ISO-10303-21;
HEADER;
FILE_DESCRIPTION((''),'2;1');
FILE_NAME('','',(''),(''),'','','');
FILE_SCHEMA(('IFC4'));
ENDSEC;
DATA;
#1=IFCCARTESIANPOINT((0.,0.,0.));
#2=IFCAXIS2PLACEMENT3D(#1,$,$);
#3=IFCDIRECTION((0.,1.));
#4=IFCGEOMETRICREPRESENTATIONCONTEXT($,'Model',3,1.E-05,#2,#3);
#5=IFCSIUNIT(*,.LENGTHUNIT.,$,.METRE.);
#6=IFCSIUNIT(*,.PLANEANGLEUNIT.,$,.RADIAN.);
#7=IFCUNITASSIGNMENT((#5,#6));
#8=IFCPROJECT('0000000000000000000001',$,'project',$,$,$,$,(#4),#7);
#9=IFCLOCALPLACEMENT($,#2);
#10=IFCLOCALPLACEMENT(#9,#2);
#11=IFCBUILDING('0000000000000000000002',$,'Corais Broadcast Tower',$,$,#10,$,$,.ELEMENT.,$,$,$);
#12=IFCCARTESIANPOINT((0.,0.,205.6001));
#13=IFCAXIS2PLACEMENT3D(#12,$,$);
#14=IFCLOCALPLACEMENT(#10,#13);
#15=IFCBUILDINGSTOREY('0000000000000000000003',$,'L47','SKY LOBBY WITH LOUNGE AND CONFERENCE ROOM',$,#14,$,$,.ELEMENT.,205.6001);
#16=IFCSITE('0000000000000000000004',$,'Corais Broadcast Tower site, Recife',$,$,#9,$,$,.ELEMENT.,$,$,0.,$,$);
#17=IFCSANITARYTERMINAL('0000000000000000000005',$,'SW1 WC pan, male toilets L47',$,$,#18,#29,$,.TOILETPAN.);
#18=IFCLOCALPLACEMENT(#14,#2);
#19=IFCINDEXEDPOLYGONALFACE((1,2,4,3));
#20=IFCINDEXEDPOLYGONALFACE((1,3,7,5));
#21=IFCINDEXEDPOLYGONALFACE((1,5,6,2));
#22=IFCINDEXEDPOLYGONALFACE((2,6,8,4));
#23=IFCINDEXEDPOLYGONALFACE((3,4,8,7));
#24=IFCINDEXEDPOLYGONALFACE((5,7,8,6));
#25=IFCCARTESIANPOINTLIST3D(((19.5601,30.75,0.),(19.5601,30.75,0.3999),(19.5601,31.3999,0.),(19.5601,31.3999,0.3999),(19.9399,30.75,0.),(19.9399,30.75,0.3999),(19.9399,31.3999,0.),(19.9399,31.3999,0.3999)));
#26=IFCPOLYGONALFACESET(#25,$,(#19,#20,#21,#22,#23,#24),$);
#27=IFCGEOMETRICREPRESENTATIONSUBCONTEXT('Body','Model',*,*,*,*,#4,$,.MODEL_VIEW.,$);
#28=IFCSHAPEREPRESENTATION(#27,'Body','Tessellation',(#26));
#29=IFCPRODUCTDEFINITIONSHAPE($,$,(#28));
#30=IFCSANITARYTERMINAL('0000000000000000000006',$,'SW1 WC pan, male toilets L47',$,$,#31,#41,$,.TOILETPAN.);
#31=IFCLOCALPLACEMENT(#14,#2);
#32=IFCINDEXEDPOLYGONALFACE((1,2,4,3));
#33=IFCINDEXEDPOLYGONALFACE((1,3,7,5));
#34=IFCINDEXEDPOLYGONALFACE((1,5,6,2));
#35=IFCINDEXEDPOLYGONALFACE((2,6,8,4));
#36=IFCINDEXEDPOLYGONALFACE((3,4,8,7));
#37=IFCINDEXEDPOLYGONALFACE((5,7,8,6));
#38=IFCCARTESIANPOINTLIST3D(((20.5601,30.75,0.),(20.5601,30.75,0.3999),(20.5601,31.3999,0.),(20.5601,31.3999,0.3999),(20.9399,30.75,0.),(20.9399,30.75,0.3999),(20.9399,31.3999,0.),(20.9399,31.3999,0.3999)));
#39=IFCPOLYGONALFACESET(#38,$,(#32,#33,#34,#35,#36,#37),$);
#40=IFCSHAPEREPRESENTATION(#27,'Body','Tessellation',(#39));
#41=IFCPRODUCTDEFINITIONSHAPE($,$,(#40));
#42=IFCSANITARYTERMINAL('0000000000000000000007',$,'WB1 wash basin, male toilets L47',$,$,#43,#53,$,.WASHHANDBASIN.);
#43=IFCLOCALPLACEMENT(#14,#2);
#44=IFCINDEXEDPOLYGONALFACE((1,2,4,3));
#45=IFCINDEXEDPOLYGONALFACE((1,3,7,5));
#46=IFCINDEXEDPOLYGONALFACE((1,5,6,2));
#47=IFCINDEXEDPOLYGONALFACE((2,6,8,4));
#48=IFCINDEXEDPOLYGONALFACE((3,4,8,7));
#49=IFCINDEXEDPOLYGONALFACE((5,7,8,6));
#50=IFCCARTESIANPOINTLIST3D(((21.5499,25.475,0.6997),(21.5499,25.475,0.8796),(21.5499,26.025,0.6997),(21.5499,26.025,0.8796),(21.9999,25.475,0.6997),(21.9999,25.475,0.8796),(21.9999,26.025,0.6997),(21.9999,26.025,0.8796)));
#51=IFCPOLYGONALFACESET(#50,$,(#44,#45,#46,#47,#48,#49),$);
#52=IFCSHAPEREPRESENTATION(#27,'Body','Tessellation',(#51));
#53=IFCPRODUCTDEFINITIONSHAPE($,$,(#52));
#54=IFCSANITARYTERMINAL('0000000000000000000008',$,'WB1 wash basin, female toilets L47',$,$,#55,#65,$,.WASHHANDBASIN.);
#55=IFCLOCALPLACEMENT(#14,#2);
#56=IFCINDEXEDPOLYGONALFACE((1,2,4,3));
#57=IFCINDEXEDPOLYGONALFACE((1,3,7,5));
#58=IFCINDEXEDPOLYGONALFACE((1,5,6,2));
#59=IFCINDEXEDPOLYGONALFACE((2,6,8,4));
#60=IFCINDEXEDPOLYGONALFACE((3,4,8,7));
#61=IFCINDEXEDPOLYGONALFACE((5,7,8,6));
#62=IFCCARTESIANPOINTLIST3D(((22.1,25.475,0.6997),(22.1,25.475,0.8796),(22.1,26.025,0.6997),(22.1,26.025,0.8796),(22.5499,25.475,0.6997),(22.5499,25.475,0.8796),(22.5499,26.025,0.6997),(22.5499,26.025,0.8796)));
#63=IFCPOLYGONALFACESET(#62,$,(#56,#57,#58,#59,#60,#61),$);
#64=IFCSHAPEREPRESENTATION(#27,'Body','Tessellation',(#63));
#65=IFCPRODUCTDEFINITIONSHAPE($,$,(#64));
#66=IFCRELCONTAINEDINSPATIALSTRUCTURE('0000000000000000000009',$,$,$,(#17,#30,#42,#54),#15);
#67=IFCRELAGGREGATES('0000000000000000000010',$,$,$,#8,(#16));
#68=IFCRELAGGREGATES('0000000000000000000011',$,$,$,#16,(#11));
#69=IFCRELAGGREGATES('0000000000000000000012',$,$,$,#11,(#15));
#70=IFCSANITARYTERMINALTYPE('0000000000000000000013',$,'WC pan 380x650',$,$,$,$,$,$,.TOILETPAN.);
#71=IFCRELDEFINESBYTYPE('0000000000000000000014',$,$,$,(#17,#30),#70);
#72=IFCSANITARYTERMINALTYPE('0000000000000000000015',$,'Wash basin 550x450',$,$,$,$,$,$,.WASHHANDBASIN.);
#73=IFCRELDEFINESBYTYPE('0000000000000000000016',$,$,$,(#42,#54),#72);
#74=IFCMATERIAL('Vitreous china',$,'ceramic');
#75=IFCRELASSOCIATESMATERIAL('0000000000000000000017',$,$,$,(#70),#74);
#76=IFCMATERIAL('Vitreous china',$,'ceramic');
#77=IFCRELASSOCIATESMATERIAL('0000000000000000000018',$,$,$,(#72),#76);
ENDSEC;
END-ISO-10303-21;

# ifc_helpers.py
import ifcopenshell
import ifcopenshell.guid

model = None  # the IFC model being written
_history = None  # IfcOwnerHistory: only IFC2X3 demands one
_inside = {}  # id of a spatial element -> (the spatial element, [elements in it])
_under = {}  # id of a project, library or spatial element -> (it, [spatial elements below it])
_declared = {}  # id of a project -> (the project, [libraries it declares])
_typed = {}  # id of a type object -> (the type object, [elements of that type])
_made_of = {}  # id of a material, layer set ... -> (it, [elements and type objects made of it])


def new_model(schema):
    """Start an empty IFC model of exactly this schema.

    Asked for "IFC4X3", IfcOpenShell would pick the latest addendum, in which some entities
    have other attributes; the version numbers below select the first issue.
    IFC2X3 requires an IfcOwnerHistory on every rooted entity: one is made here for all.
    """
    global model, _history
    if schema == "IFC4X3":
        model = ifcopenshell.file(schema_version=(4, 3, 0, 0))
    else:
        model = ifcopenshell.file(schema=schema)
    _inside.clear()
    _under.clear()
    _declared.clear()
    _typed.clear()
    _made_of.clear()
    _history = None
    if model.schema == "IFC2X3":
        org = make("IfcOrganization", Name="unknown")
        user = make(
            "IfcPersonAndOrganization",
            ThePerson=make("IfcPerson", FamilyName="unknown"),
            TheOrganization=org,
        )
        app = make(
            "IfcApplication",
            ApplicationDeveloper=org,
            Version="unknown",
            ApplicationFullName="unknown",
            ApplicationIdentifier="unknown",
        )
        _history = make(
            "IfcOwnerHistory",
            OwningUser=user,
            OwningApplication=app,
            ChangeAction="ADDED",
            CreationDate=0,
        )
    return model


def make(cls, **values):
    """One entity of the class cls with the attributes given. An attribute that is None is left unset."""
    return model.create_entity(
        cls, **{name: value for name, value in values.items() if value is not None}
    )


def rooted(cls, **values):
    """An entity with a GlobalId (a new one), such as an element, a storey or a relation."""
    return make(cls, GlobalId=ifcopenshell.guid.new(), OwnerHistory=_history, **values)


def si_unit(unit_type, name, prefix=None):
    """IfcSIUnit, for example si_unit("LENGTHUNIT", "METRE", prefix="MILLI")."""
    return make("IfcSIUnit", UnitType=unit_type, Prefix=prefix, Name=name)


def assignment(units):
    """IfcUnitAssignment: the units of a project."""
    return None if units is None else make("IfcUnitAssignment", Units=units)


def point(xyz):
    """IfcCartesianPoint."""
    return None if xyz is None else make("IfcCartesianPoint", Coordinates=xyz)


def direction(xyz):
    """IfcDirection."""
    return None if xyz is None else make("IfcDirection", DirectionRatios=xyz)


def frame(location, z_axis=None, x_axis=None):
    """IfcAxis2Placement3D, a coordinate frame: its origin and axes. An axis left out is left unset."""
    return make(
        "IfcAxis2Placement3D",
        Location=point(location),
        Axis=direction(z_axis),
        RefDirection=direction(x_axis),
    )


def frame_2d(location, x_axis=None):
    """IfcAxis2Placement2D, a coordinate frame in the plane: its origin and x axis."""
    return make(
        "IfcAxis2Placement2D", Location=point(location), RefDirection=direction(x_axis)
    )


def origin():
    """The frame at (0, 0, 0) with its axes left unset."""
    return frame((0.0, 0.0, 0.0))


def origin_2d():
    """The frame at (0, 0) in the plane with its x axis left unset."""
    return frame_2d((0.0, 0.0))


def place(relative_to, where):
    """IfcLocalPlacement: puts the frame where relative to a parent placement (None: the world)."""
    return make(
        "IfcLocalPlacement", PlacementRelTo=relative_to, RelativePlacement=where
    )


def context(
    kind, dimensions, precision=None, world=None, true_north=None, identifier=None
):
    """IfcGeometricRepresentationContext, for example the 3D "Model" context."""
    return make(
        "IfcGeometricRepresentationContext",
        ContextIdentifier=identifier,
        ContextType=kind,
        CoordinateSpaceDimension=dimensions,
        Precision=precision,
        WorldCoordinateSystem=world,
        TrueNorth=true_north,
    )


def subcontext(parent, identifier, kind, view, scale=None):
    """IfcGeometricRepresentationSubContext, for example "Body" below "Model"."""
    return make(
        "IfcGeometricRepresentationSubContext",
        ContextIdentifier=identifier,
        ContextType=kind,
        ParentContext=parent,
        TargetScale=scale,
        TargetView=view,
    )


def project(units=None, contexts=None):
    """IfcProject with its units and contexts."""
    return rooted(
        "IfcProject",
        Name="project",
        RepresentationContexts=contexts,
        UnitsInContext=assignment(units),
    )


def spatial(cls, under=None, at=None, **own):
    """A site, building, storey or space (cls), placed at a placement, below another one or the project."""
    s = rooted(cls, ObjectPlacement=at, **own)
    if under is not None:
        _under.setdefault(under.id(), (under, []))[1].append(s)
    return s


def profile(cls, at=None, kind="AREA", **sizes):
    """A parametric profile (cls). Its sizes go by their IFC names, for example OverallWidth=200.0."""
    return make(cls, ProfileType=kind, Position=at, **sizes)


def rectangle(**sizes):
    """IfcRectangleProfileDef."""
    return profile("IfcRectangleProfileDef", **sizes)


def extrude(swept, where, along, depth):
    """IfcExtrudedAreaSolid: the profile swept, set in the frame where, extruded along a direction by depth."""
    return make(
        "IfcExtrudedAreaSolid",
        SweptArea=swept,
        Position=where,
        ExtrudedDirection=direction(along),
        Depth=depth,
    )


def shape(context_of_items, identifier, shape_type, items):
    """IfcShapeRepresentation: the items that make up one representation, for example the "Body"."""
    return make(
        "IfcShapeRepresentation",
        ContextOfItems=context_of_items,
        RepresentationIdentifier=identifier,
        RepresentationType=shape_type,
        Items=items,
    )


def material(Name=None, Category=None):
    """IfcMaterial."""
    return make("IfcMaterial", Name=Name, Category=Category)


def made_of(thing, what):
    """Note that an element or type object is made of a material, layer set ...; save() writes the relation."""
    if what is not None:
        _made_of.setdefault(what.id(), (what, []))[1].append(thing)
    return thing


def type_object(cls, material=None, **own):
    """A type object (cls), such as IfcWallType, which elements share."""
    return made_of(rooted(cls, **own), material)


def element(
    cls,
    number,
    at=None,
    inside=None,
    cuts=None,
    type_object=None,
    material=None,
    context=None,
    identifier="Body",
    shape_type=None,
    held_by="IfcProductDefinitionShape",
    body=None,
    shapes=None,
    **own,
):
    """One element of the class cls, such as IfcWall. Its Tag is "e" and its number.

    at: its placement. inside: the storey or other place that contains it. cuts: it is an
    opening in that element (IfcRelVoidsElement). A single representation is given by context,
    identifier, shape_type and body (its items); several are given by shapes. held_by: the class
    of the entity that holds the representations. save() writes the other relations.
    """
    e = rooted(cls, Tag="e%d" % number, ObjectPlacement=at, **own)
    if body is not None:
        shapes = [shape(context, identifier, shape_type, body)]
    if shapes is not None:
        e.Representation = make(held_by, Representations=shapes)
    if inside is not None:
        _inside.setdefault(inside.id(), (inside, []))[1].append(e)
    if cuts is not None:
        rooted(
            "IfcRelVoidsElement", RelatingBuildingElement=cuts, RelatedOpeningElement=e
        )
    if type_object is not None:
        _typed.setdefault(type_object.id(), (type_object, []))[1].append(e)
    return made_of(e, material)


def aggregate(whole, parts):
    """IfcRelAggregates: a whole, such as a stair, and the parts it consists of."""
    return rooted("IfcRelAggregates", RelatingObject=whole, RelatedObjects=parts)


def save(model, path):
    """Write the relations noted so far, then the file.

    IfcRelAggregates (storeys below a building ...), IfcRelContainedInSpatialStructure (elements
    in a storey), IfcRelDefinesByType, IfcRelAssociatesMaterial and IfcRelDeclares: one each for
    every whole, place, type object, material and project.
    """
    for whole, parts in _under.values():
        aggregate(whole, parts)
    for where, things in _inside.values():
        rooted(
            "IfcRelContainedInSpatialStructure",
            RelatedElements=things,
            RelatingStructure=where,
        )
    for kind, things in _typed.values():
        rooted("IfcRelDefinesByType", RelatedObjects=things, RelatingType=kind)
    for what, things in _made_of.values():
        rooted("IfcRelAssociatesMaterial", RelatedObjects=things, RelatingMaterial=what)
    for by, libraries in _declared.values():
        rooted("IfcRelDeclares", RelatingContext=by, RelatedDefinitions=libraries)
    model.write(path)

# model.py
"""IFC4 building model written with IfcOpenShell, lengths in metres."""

from ifc_helpers import new_model, si_unit, direction, frame, origin, origin_2d, place, context, subcontext, project, spatial, rectangle, extrude, material, type_object, element, save


model = new_model("IFC4")

# Units and contexts
model_context = context("Model", 3, precision=1e-05, world=origin(), true_north=direction((0.0, 1.0)))
body_context = subcontext(model_context, "Body", "Model", "MODEL_VIEW")
ifc_project = project(units=[si_unit("LENGTHUNIT", "METRE"), si_unit("PLANEANGLEUNIT", "RADIAN")], contexts=[model_context])

# Site, building, storey
site_placement = place(None, origin())
site = spatial("IfcSite", under=ifc_project, at=site_placement, Name="Corais Broadcast Tower site, Recife", CompositionType="ELEMENT", RefElevation=0.0)
building_placement = place(site_placement, origin())
building = spatial("IfcBuilding", under=site, at=building_placement, Name="Corais Broadcast Tower", CompositionType="ELEMENT")
storey_placement = place(building_placement, frame((0.0, 0.0, 205.6001)))
storey = spatial("IfcBuildingStorey", under=building, at=storey_placement, Name="L47", Description="SKY LOBBY WITH LOUNGE AND CONFERENCE ROOM", CompositionType="ELEMENT", Elevation=205.6001)

# Sanitary terminals
ifc_material_1 = material(Name="Vitreous china", Category="ceramic")
sanitary_terminal_type_1 = type_object("IfcSanitaryTerminalType", Name="WC pan 380x650", PredefinedType="TOILETPAN", material=ifc_material_1)
for number, where, z_axis, x_axis, name in (
    (1, (19.75, 31.075, 0.0), (0.0, 0.0, 1.0), (1.0, 0.0, 0.0), "SW1 WC pan, male toilets L47"),
    (2, (20.75, 31.075, 0.0), (0.0, 0.0, 1.0), (1.0, 0.0, 0.0), "SW1 WC pan, male toilets L47"),
):
    element("IfcSanitaryTerminal", number, at=place(storey_placement, frame(where, z_axis=z_axis, x_axis=x_axis)), inside=storey, type_object=sanitary_terminal_type_1, Name=name, PredefinedType="TOILETPAN", context=body_context, shape_type="SweptSolid", body=[
        extrude(rectangle(XDim=0.3799, YDim=0.6499, at=origin_2d()), origin(), (0.0, 0.0, 1.0), 0.3999),
    ])
ifc_material_2 = material(Name="Vitreous china", Category="ceramic")
sanitary_terminal_type_2 = type_object("IfcSanitaryTerminalType", Name="Wash basin 550x450", PredefinedType="WASHHANDBASIN", material=ifc_material_2)
for number, where, z_axis, x_axis, name in (
    (3, (21.7749, 25.75, 0.6997), (0.0, 0.0, 1.0), (1.0, 0.0, 0.0), "WB1 wash basin, male toilets L47"),
    (4, (22.325, 25.75, 0.6997), (0.0, 0.0, 1.0), (1.0, 0.0, 0.0), "WB1 wash basin, female toilets L47"),
):
    element("IfcSanitaryTerminal", number, at=place(storey_placement, frame(where, z_axis=z_axis, x_axis=x_axis)), inside=storey, type_object=sanitary_terminal_type_2, Name=name, PredefinedType="WASHHANDBASIN", context=body_context, shape_type="SweptSolid", body=[
        extrude(rectangle(XDim=0.45, YDim=0.55, at=origin_2d()), origin(), (0.0, 0.0, 1.0), 0.1799),
    ])

save(model, "model.ifc")
